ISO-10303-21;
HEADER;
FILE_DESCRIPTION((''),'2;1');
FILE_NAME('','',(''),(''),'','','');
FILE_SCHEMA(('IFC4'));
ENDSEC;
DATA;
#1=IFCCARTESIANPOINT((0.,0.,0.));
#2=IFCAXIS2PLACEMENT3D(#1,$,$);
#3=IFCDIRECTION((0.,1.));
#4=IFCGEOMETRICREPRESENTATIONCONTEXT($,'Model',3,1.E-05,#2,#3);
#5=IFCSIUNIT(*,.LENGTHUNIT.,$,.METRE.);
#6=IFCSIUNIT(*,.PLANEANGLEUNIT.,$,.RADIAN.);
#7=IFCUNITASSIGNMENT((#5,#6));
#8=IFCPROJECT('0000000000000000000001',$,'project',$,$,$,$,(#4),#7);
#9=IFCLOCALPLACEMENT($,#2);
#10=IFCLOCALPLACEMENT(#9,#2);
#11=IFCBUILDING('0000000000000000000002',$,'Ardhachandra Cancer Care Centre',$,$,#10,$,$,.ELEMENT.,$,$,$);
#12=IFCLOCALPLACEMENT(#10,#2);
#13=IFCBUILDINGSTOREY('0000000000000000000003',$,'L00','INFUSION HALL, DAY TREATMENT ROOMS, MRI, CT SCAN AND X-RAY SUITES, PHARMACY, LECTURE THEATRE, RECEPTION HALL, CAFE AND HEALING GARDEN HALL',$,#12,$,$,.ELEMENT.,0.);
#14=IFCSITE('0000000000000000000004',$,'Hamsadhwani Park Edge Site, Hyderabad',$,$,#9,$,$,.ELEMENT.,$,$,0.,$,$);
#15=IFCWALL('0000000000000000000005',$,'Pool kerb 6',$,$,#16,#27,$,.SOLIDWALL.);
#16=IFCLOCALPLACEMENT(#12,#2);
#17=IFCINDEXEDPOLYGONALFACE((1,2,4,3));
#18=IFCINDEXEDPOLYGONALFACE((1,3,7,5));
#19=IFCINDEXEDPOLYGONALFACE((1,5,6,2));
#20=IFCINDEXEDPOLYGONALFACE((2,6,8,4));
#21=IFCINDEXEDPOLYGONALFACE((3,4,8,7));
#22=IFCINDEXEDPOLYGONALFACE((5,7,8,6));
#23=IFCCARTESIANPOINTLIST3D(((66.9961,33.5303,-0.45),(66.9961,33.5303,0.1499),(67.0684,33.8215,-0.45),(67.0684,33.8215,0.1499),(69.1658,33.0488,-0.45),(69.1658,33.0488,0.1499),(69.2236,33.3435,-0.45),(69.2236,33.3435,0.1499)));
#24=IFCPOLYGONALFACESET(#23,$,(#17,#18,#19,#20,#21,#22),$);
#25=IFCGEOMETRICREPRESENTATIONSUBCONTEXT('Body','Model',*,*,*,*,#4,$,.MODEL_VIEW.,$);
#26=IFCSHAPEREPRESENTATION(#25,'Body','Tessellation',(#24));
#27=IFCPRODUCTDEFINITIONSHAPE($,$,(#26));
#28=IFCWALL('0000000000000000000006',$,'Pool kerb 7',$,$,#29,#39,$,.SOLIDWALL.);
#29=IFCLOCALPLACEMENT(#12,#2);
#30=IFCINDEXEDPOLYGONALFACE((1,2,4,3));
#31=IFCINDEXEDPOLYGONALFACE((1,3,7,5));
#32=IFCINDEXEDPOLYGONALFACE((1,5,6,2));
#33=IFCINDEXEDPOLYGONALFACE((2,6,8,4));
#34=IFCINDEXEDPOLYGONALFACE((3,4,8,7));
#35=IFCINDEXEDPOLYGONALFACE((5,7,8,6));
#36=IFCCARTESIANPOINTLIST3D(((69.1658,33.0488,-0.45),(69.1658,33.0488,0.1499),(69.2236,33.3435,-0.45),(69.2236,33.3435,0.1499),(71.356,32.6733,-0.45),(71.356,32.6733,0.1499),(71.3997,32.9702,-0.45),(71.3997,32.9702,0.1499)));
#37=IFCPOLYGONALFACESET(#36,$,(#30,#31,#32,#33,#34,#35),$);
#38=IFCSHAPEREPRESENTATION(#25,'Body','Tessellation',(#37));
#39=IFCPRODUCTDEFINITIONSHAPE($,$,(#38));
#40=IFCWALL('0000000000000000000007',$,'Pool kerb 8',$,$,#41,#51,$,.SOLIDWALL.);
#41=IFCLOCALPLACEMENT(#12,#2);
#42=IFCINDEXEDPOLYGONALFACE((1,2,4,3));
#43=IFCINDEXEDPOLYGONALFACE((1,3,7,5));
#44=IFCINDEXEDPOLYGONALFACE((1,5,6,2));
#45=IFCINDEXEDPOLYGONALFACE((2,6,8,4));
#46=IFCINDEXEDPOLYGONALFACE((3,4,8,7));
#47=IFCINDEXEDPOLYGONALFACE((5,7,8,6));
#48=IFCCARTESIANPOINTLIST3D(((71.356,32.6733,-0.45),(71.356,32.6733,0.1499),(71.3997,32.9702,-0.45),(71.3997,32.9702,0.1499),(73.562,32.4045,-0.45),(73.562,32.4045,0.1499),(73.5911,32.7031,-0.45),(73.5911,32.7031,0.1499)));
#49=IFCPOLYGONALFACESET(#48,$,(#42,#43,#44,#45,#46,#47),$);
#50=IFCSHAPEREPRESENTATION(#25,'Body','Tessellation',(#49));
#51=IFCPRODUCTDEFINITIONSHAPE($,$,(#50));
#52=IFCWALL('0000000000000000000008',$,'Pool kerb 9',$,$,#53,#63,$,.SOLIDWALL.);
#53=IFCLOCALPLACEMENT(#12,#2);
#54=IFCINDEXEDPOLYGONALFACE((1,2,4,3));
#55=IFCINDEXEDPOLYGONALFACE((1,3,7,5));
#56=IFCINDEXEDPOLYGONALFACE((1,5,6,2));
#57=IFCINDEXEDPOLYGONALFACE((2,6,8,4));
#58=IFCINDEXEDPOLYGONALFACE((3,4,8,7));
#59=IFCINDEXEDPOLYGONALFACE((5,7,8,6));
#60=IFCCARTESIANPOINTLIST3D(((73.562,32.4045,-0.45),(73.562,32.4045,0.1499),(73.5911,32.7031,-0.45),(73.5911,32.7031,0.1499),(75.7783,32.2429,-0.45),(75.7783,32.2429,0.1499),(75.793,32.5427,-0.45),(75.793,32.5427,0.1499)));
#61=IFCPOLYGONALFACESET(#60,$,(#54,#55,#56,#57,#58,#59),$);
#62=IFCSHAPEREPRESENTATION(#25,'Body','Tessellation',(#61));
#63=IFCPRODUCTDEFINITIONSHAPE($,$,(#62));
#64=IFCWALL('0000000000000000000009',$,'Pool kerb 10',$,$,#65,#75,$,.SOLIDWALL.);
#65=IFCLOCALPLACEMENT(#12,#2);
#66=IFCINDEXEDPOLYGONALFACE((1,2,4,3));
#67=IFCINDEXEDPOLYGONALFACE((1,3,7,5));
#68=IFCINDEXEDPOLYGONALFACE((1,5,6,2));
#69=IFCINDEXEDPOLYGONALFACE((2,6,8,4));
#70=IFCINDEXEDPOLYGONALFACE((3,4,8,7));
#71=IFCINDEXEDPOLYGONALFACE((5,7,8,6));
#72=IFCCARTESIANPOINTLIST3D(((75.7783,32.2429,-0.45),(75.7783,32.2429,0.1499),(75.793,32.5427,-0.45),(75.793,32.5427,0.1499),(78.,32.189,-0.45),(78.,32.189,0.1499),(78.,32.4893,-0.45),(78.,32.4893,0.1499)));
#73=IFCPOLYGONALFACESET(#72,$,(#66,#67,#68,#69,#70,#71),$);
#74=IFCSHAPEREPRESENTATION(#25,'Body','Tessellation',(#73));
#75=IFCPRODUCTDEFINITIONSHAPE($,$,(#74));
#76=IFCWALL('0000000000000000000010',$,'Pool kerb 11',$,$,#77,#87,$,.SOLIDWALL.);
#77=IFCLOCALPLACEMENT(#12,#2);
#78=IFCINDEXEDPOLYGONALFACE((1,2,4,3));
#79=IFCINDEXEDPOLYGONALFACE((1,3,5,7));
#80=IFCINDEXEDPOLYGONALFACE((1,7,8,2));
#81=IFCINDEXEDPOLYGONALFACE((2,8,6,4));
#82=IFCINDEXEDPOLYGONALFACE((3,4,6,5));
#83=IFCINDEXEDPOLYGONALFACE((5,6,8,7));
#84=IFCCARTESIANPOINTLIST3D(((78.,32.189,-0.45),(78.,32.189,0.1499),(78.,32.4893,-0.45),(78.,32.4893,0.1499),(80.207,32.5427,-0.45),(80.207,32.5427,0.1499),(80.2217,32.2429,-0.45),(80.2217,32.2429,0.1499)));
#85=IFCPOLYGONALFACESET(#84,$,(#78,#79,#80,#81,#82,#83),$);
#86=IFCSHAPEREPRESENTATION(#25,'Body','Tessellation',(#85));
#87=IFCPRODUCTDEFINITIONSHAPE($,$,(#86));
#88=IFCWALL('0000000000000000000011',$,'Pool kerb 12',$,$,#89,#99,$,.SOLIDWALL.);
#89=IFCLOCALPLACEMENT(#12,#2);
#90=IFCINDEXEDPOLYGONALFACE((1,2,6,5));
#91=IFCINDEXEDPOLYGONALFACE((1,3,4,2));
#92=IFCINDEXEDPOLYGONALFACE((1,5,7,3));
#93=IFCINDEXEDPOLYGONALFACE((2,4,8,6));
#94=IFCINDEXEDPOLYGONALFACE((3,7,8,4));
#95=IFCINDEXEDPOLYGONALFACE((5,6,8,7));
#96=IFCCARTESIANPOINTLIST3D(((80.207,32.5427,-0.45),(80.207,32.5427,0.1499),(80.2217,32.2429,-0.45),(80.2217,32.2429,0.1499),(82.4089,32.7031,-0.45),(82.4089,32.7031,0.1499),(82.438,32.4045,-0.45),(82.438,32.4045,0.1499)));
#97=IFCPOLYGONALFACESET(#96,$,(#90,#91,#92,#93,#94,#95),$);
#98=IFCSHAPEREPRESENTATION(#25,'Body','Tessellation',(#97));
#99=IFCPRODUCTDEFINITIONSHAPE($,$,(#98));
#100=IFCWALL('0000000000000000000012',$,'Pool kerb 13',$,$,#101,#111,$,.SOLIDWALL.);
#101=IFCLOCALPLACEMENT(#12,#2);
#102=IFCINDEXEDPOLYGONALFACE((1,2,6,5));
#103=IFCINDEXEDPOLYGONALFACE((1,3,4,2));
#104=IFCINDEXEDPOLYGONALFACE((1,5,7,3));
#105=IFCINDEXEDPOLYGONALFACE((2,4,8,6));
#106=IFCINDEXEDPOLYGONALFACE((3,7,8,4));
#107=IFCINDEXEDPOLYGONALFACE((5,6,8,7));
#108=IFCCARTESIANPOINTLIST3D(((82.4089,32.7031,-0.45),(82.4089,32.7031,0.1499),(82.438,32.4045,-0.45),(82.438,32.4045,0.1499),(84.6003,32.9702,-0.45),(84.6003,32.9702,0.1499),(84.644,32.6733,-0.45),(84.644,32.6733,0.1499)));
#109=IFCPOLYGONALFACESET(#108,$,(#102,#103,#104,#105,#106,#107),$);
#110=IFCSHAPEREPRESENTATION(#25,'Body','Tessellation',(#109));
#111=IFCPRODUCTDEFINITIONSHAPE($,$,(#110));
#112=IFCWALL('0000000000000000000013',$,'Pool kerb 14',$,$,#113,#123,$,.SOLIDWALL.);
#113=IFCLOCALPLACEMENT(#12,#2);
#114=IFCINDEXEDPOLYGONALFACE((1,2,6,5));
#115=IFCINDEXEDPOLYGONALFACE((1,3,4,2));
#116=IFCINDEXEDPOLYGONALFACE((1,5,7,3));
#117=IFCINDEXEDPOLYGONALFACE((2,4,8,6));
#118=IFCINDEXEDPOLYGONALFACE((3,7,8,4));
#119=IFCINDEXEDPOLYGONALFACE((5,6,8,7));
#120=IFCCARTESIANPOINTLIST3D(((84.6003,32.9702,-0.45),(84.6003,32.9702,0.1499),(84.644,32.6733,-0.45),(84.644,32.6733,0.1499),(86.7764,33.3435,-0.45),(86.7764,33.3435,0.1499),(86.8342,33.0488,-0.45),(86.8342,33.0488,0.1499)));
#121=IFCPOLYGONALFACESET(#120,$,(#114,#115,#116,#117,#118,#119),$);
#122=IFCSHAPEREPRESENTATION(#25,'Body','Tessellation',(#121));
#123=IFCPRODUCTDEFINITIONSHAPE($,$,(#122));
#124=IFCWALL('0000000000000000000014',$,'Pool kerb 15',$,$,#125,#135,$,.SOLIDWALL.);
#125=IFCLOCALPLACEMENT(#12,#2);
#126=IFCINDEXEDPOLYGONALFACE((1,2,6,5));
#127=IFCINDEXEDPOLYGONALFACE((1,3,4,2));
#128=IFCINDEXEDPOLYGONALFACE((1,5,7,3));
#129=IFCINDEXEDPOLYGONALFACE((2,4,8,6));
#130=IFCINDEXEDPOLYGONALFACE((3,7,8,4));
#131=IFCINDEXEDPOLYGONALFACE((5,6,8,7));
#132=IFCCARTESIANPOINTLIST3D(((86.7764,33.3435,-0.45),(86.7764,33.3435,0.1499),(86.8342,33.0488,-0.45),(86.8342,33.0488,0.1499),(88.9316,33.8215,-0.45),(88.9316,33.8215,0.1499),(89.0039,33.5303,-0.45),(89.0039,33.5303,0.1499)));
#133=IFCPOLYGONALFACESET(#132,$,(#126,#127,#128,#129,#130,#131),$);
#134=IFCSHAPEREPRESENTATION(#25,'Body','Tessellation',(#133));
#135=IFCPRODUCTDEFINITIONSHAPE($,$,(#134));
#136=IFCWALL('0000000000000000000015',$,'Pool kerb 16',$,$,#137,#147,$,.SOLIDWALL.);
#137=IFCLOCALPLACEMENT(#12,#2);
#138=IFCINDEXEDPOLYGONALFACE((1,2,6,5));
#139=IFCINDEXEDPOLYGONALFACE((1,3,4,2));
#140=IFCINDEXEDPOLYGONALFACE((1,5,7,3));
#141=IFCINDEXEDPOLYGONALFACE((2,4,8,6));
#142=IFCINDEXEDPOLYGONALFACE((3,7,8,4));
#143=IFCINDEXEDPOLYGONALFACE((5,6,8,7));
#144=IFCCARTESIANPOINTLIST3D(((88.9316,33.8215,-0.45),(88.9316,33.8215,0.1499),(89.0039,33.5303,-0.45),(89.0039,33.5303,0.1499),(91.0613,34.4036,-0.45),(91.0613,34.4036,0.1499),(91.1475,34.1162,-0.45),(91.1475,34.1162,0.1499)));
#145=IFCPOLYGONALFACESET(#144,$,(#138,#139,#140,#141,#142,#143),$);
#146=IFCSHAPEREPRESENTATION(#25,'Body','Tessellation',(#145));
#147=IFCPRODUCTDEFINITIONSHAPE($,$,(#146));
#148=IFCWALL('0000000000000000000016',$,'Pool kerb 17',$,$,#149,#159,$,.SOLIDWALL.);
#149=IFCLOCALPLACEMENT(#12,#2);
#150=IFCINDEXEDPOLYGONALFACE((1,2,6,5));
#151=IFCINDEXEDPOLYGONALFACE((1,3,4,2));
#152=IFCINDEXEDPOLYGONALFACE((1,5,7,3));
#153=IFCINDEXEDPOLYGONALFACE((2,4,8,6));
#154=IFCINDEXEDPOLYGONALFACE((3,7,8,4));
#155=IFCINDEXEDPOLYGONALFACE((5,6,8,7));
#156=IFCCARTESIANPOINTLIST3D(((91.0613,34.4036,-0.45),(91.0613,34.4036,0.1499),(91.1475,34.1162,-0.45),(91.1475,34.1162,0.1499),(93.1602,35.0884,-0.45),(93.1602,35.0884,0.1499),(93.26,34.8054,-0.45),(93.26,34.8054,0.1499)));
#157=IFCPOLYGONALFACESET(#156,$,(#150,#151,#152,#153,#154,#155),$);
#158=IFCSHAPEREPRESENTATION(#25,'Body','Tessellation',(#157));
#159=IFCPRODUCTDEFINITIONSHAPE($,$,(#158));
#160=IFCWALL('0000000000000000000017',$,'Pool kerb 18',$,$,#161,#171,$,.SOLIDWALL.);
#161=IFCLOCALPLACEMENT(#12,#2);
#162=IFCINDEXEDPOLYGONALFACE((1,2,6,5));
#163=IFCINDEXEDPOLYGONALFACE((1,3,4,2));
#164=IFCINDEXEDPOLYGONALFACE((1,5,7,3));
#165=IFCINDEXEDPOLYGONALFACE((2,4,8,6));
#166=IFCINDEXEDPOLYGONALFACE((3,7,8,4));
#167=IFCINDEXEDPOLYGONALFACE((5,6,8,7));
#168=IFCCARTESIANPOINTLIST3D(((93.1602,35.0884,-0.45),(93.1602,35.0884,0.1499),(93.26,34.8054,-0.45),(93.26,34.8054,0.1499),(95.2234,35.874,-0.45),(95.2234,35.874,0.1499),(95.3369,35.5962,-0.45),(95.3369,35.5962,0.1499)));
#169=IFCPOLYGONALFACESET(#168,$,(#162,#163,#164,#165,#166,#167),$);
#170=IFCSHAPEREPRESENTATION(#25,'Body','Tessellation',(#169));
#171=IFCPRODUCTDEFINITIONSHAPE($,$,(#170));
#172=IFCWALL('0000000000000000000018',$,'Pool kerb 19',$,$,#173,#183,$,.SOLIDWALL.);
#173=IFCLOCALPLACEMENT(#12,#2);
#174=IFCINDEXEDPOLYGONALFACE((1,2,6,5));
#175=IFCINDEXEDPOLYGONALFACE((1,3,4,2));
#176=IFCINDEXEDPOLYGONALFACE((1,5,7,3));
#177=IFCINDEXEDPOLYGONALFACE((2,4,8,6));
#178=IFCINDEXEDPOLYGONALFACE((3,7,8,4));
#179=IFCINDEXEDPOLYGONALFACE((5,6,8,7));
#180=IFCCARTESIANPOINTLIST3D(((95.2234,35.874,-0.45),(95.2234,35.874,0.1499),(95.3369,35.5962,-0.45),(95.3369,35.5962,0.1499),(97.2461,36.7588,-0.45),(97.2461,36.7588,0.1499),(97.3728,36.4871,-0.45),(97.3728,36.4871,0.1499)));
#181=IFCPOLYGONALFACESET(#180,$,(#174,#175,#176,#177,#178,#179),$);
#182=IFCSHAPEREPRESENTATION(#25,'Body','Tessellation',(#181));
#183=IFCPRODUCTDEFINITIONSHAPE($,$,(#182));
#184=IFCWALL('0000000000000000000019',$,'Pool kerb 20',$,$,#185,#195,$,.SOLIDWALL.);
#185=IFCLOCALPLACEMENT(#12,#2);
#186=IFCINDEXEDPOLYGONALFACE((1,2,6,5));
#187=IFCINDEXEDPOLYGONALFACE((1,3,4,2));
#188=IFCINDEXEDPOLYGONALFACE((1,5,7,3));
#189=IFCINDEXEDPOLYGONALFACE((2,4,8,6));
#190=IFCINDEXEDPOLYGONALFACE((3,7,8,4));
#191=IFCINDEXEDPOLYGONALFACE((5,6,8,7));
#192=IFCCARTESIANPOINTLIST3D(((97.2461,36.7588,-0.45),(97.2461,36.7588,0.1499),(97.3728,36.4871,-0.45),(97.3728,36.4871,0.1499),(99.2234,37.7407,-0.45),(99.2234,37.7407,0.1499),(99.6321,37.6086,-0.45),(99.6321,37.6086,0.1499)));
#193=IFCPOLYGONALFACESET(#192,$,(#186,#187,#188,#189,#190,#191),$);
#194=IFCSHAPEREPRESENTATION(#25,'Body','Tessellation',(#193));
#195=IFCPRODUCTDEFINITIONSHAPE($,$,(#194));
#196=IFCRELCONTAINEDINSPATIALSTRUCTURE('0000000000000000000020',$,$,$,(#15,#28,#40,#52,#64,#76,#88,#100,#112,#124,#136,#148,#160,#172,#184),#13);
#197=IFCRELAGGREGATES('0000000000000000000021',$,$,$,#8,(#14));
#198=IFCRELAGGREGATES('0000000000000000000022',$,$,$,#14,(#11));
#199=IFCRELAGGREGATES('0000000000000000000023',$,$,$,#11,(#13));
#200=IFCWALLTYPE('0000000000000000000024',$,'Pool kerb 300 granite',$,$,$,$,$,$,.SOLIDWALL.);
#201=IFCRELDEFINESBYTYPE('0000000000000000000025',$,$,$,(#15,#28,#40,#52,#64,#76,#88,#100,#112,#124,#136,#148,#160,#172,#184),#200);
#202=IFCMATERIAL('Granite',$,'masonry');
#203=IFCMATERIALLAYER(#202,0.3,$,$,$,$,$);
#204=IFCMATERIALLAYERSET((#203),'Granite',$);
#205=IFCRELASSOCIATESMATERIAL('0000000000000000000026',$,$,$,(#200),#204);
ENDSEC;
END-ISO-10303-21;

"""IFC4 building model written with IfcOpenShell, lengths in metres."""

from ifc_helpers import new_model, si_unit, direction, frame, origin, place, context, subcontext, project, spatial, polyline, outline, extrude, material, layer, layer_set, type_object, element, save


model = new_model("IFC4")

# Units and contexts
model_context = context("Model", 3, precision=1e-05, world=origin(), true_north=direction((0.0, 1.0)))
body_context = subcontext(model_context, "Body", "Model", "MODEL_VIEW")
ifc_project = project(units=[si_unit("LENGTHUNIT", "METRE"), si_unit("PLANEANGLEUNIT", "RADIAN")], contexts=[model_context])

# Site, building, storey
site_placement = place(None, origin())
site = spatial("IfcSite", under=ifc_project, at=site_placement, Name="Hamsadhwani Park Edge Site, Hyderabad", CompositionType="ELEMENT", RefElevation=0.0)
building_placement = place(site_placement, origin())
building = spatial("IfcBuilding", under=site, at=building_placement, Name="Ardhachandra Cancer Care Centre", CompositionType="ELEMENT")
storey_placement = place(building_placement, origin())
storey = spatial("IfcBuildingStorey", under=building, at=storey_placement, Name="L00", Description="INFUSION HALL, DAY TREATMENT ROOMS, MRI, CT SCAN AND X-RAY SUITES, PHARMACY, LECTURE THEATRE, RECEPTION HALL, CAFE AND HEALING GARDEN HALL", CompositionType="ELEMENT", Elevation=0.0)

# Walls
ifc_material_1 = material(Name="Granite", Category="masonry")
ifc_layer_1 = layer(ifc_material_1, 0.3)
ifc_layer_set_1 = layer_set([ifc_layer_1], Name="Granite")
wall_type = type_object("IfcWallType", Name="Pool kerb 300 granite", PredefinedType="SOLIDWALL", material=ifc_layer_set_1)
wall_1_placement = place(storey_placement, frame((0.0, 0.0, -0.45)))
element("IfcWall", 1, at=wall_1_placement, inside=storey, type_object=wall_type, Name="Pool kerb 6", PredefinedType="SOLIDWALL", context=body_context, shape_type="SweptSolid", body=[
    extrude(outline(polyline([(67.0684, 33.8215), (69.2236, 33.3435), (69.1658, 33.0488), (66.9961, 33.5303), (67.0684, 33.8215)])), origin(), (0.0, 0.0, 1.0), 0.5999),
])
wall_2_placement = place(storey_placement, frame((0.0, 0.0, -0.45)))
element("IfcWall", 2, at=wall_2_placement, inside=storey, type_object=wall_type, Name="Pool kerb 7", PredefinedType="SOLIDWALL", context=body_context, shape_type="SweptSolid", body=[
    extrude(outline(polyline([(69.2236, 33.3435), (71.3997, 32.9702), (71.356, 32.6733), (69.1658, 33.0488), (69.2236, 33.3435)])), origin(), (0.0, 0.0, 1.0), 0.5999),
])
wall_3_placement = place(storey_placement, frame((0.0, 0.0, -0.45)))
element("IfcWall", 3, at=wall_3_placement, inside=storey, type_object=wall_type, Name="Pool kerb 8", PredefinedType="SOLIDWALL", context=body_context, shape_type="SweptSolid", body=[
    extrude(outline(polyline([(71.3997, 32.9702), (73.5911, 32.7031), (73.562, 32.4045), (71.356, 32.6733), (71.3997, 32.9702)])), origin(), (0.0, 0.0, 1.0), 0.5999),
])
wall_4_placement = place(storey_placement, frame((0.0, 0.0, -0.45)))
element("IfcWall", 4, at=wall_4_placement, inside=storey, type_object=wall_type, Name="Pool kerb 9", PredefinedType="SOLIDWALL", context=body_context, shape_type="SweptSolid", body=[
    extrude(outline(polyline([(73.5911, 32.7031), (75.793, 32.5427), (75.7783, 32.2429), (73.562, 32.4045), (73.5911, 32.7031)])), origin(), (0.0, 0.0, 1.0), 0.5999),
])
wall_5_placement = place(storey_placement, frame((0.0, 0.0, -0.45)))
element("IfcWall", 5, at=wall_5_placement, inside=storey, type_object=wall_type, Name="Pool kerb 10", PredefinedType="SOLIDWALL", context=body_context, shape_type="SweptSolid", body=[
    extrude(outline(polyline([(75.793, 32.5427), (78.0, 32.4893), (78.0, 32.189), (75.7783, 32.2429), (75.793, 32.5427)])), origin(), (0.0, 0.0, 1.0), 0.5999),
])
wall_6_placement = place(storey_placement, frame((0.0, 0.0, -0.45)))
element("IfcWall", 6, at=wall_6_placement, inside=storey, type_object=wall_type, Name="Pool kerb 11", PredefinedType="SOLIDWALL", context=body_context, shape_type="SweptSolid", body=[
    extrude(outline(polyline([(78.0, 32.4893), (80.207, 32.5427), (80.2217, 32.2429), (78.0, 32.189), (78.0, 32.4893)])), origin(), (0.0, 0.0, 1.0), 0.5999),
])
wall_7_placement = place(storey_placement, frame((0.0, 0.0, -0.45)))
element("IfcWall", 7, at=wall_7_placement, inside=storey, type_object=wall_type, Name="Pool kerb 12", PredefinedType="SOLIDWALL", context=body_context, shape_type="SweptSolid", body=[
    extrude(outline(polyline([(80.207, 32.5427), (82.4089, 32.7031), (82.438, 32.4045), (80.2217, 32.2429), (80.207, 32.5427)])), origin(), (0.0, 0.0, 1.0), 0.5999),
])
wall_8_placement = place(storey_placement, frame((0.0, 0.0, -0.45)))
element("IfcWall", 8, at=wall_8_placement, inside=storey, type_object=wall_type, Name="Pool kerb 13", PredefinedType="SOLIDWALL", context=body_context, shape_type="SweptSolid", body=[
    extrude(outline(polyline([(82.4089, 32.7031), (84.6003, 32.9702), (84.644, 32.6733), (82.438, 32.4045), (82.4089, 32.7031)])), origin(), (0.0, 0.0, 1.0), 0.5999),
])
wall_9_placement = place(storey_placement, frame((0.0, 0.0, -0.45)))
element("IfcWall", 9, at=wall_9_placement, inside=storey, type_object=wall_type, Name="Pool kerb 14", PredefinedType="SOLIDWALL", context=body_context, shape_type="SweptSolid", body=[
    extrude(outline(polyline([(84.6003, 32.9702), (86.7764, 33.3435), (86.8342, 33.0488), (84.644, 32.6733), (84.6003, 32.9702)])), origin(), (0.0, 0.0, 1.0), 0.5999),
])
wall_10_placement = place(storey_placement, frame((0.0, 0.0, -0.45)))
element("IfcWall", 10, at=wall_10_placement, inside=storey, type_object=wall_type, Name="Pool kerb 15", PredefinedType="SOLIDWALL", context=body_context, shape_type="SweptSolid", body=[
    extrude(outline(polyline([(86.7764, 33.3435), (88.9316, 33.8215), (89.0039, 33.5303), (86.8342, 33.0488), (86.7764, 33.3435)])), origin(), (0.0, 0.0, 1.0), 0.5999),
])
wall_11_placement = place(storey_placement, frame((0.0, 0.0, -0.45)))
element("IfcWall", 11, at=wall_11_placement, inside=storey, type_object=wall_type, Name="Pool kerb 16", PredefinedType="SOLIDWALL", context=body_context, shape_type="SweptSolid", body=[
    extrude(outline(polyline([(88.9316, 33.8215), (91.0613, 34.4036), (91.1475, 34.1162), (89.0039, 33.5303), (88.9316, 33.8215)])), origin(), (0.0, 0.0, 1.0), 0.5999),
])
wall_12_placement = place(storey_placement, frame((0.0, 0.0, -0.45)))
element("IfcWall", 12, at=wall_12_placement, inside=storey, type_object=wall_type, Name="Pool kerb 17", PredefinedType="SOLIDWALL", context=body_context, shape_type="SweptSolid", body=[
    extrude(outline(polyline([(91.0613, 34.4036), (93.1602, 35.0884), (93.26, 34.8054), (91.1475, 34.1162), (91.0613, 34.4036)])), origin(), (0.0, 0.0, 1.0), 0.5999),
])
wall_13_placement = place(storey_placement, frame((0.0, 0.0, -0.45)))
element("IfcWall", 13, at=wall_13_placement, inside=storey, type_object=wall_type, Name="Pool kerb 18", PredefinedType="SOLIDWALL", context=body_context, shape_type="SweptSolid", body=[
    extrude(outline(polyline([(93.1602, 35.0884), (95.2234, 35.874), (95.3369, 35.5962), (93.26, 34.8054), (93.1602, 35.0884)])), origin(), (0.0, 0.0, 1.0), 0.5999),
])
wall_14_placement = place(storey_placement, frame((0.0, 0.0, -0.45)))
element("IfcWall", 14, at=wall_14_placement, inside=storey, type_object=wall_type, Name="Pool kerb 19", PredefinedType="SOLIDWALL", context=body_context, shape_type="SweptSolid", body=[
    extrude(outline(polyline([(95.2234, 35.874), (97.2461, 36.7588), (97.3728, 36.4871), (95.3369, 35.5962), (95.2234, 35.874)])), origin(), (0.0, 0.0, 1.0), 0.5999),
])
wall_15_placement = place(storey_placement, frame((0.0, 0.0, -0.45)))
element("IfcWall", 15, at=wall_15_placement, inside=storey, type_object=wall_type, Name="Pool kerb 20", PredefinedType="SOLIDWALL", context=body_context, shape_type="SweptSolid", body=[
    extrude(outline(polyline([(97.2461, 36.7588), (99.2234, 37.7407), (99.6321, 37.6086), (97.3728, 36.4871), (97.2461, 36.7588)])), origin(), (0.0, 0.0, 1.0), 0.5999),
])

save(model, "model.ifc")
